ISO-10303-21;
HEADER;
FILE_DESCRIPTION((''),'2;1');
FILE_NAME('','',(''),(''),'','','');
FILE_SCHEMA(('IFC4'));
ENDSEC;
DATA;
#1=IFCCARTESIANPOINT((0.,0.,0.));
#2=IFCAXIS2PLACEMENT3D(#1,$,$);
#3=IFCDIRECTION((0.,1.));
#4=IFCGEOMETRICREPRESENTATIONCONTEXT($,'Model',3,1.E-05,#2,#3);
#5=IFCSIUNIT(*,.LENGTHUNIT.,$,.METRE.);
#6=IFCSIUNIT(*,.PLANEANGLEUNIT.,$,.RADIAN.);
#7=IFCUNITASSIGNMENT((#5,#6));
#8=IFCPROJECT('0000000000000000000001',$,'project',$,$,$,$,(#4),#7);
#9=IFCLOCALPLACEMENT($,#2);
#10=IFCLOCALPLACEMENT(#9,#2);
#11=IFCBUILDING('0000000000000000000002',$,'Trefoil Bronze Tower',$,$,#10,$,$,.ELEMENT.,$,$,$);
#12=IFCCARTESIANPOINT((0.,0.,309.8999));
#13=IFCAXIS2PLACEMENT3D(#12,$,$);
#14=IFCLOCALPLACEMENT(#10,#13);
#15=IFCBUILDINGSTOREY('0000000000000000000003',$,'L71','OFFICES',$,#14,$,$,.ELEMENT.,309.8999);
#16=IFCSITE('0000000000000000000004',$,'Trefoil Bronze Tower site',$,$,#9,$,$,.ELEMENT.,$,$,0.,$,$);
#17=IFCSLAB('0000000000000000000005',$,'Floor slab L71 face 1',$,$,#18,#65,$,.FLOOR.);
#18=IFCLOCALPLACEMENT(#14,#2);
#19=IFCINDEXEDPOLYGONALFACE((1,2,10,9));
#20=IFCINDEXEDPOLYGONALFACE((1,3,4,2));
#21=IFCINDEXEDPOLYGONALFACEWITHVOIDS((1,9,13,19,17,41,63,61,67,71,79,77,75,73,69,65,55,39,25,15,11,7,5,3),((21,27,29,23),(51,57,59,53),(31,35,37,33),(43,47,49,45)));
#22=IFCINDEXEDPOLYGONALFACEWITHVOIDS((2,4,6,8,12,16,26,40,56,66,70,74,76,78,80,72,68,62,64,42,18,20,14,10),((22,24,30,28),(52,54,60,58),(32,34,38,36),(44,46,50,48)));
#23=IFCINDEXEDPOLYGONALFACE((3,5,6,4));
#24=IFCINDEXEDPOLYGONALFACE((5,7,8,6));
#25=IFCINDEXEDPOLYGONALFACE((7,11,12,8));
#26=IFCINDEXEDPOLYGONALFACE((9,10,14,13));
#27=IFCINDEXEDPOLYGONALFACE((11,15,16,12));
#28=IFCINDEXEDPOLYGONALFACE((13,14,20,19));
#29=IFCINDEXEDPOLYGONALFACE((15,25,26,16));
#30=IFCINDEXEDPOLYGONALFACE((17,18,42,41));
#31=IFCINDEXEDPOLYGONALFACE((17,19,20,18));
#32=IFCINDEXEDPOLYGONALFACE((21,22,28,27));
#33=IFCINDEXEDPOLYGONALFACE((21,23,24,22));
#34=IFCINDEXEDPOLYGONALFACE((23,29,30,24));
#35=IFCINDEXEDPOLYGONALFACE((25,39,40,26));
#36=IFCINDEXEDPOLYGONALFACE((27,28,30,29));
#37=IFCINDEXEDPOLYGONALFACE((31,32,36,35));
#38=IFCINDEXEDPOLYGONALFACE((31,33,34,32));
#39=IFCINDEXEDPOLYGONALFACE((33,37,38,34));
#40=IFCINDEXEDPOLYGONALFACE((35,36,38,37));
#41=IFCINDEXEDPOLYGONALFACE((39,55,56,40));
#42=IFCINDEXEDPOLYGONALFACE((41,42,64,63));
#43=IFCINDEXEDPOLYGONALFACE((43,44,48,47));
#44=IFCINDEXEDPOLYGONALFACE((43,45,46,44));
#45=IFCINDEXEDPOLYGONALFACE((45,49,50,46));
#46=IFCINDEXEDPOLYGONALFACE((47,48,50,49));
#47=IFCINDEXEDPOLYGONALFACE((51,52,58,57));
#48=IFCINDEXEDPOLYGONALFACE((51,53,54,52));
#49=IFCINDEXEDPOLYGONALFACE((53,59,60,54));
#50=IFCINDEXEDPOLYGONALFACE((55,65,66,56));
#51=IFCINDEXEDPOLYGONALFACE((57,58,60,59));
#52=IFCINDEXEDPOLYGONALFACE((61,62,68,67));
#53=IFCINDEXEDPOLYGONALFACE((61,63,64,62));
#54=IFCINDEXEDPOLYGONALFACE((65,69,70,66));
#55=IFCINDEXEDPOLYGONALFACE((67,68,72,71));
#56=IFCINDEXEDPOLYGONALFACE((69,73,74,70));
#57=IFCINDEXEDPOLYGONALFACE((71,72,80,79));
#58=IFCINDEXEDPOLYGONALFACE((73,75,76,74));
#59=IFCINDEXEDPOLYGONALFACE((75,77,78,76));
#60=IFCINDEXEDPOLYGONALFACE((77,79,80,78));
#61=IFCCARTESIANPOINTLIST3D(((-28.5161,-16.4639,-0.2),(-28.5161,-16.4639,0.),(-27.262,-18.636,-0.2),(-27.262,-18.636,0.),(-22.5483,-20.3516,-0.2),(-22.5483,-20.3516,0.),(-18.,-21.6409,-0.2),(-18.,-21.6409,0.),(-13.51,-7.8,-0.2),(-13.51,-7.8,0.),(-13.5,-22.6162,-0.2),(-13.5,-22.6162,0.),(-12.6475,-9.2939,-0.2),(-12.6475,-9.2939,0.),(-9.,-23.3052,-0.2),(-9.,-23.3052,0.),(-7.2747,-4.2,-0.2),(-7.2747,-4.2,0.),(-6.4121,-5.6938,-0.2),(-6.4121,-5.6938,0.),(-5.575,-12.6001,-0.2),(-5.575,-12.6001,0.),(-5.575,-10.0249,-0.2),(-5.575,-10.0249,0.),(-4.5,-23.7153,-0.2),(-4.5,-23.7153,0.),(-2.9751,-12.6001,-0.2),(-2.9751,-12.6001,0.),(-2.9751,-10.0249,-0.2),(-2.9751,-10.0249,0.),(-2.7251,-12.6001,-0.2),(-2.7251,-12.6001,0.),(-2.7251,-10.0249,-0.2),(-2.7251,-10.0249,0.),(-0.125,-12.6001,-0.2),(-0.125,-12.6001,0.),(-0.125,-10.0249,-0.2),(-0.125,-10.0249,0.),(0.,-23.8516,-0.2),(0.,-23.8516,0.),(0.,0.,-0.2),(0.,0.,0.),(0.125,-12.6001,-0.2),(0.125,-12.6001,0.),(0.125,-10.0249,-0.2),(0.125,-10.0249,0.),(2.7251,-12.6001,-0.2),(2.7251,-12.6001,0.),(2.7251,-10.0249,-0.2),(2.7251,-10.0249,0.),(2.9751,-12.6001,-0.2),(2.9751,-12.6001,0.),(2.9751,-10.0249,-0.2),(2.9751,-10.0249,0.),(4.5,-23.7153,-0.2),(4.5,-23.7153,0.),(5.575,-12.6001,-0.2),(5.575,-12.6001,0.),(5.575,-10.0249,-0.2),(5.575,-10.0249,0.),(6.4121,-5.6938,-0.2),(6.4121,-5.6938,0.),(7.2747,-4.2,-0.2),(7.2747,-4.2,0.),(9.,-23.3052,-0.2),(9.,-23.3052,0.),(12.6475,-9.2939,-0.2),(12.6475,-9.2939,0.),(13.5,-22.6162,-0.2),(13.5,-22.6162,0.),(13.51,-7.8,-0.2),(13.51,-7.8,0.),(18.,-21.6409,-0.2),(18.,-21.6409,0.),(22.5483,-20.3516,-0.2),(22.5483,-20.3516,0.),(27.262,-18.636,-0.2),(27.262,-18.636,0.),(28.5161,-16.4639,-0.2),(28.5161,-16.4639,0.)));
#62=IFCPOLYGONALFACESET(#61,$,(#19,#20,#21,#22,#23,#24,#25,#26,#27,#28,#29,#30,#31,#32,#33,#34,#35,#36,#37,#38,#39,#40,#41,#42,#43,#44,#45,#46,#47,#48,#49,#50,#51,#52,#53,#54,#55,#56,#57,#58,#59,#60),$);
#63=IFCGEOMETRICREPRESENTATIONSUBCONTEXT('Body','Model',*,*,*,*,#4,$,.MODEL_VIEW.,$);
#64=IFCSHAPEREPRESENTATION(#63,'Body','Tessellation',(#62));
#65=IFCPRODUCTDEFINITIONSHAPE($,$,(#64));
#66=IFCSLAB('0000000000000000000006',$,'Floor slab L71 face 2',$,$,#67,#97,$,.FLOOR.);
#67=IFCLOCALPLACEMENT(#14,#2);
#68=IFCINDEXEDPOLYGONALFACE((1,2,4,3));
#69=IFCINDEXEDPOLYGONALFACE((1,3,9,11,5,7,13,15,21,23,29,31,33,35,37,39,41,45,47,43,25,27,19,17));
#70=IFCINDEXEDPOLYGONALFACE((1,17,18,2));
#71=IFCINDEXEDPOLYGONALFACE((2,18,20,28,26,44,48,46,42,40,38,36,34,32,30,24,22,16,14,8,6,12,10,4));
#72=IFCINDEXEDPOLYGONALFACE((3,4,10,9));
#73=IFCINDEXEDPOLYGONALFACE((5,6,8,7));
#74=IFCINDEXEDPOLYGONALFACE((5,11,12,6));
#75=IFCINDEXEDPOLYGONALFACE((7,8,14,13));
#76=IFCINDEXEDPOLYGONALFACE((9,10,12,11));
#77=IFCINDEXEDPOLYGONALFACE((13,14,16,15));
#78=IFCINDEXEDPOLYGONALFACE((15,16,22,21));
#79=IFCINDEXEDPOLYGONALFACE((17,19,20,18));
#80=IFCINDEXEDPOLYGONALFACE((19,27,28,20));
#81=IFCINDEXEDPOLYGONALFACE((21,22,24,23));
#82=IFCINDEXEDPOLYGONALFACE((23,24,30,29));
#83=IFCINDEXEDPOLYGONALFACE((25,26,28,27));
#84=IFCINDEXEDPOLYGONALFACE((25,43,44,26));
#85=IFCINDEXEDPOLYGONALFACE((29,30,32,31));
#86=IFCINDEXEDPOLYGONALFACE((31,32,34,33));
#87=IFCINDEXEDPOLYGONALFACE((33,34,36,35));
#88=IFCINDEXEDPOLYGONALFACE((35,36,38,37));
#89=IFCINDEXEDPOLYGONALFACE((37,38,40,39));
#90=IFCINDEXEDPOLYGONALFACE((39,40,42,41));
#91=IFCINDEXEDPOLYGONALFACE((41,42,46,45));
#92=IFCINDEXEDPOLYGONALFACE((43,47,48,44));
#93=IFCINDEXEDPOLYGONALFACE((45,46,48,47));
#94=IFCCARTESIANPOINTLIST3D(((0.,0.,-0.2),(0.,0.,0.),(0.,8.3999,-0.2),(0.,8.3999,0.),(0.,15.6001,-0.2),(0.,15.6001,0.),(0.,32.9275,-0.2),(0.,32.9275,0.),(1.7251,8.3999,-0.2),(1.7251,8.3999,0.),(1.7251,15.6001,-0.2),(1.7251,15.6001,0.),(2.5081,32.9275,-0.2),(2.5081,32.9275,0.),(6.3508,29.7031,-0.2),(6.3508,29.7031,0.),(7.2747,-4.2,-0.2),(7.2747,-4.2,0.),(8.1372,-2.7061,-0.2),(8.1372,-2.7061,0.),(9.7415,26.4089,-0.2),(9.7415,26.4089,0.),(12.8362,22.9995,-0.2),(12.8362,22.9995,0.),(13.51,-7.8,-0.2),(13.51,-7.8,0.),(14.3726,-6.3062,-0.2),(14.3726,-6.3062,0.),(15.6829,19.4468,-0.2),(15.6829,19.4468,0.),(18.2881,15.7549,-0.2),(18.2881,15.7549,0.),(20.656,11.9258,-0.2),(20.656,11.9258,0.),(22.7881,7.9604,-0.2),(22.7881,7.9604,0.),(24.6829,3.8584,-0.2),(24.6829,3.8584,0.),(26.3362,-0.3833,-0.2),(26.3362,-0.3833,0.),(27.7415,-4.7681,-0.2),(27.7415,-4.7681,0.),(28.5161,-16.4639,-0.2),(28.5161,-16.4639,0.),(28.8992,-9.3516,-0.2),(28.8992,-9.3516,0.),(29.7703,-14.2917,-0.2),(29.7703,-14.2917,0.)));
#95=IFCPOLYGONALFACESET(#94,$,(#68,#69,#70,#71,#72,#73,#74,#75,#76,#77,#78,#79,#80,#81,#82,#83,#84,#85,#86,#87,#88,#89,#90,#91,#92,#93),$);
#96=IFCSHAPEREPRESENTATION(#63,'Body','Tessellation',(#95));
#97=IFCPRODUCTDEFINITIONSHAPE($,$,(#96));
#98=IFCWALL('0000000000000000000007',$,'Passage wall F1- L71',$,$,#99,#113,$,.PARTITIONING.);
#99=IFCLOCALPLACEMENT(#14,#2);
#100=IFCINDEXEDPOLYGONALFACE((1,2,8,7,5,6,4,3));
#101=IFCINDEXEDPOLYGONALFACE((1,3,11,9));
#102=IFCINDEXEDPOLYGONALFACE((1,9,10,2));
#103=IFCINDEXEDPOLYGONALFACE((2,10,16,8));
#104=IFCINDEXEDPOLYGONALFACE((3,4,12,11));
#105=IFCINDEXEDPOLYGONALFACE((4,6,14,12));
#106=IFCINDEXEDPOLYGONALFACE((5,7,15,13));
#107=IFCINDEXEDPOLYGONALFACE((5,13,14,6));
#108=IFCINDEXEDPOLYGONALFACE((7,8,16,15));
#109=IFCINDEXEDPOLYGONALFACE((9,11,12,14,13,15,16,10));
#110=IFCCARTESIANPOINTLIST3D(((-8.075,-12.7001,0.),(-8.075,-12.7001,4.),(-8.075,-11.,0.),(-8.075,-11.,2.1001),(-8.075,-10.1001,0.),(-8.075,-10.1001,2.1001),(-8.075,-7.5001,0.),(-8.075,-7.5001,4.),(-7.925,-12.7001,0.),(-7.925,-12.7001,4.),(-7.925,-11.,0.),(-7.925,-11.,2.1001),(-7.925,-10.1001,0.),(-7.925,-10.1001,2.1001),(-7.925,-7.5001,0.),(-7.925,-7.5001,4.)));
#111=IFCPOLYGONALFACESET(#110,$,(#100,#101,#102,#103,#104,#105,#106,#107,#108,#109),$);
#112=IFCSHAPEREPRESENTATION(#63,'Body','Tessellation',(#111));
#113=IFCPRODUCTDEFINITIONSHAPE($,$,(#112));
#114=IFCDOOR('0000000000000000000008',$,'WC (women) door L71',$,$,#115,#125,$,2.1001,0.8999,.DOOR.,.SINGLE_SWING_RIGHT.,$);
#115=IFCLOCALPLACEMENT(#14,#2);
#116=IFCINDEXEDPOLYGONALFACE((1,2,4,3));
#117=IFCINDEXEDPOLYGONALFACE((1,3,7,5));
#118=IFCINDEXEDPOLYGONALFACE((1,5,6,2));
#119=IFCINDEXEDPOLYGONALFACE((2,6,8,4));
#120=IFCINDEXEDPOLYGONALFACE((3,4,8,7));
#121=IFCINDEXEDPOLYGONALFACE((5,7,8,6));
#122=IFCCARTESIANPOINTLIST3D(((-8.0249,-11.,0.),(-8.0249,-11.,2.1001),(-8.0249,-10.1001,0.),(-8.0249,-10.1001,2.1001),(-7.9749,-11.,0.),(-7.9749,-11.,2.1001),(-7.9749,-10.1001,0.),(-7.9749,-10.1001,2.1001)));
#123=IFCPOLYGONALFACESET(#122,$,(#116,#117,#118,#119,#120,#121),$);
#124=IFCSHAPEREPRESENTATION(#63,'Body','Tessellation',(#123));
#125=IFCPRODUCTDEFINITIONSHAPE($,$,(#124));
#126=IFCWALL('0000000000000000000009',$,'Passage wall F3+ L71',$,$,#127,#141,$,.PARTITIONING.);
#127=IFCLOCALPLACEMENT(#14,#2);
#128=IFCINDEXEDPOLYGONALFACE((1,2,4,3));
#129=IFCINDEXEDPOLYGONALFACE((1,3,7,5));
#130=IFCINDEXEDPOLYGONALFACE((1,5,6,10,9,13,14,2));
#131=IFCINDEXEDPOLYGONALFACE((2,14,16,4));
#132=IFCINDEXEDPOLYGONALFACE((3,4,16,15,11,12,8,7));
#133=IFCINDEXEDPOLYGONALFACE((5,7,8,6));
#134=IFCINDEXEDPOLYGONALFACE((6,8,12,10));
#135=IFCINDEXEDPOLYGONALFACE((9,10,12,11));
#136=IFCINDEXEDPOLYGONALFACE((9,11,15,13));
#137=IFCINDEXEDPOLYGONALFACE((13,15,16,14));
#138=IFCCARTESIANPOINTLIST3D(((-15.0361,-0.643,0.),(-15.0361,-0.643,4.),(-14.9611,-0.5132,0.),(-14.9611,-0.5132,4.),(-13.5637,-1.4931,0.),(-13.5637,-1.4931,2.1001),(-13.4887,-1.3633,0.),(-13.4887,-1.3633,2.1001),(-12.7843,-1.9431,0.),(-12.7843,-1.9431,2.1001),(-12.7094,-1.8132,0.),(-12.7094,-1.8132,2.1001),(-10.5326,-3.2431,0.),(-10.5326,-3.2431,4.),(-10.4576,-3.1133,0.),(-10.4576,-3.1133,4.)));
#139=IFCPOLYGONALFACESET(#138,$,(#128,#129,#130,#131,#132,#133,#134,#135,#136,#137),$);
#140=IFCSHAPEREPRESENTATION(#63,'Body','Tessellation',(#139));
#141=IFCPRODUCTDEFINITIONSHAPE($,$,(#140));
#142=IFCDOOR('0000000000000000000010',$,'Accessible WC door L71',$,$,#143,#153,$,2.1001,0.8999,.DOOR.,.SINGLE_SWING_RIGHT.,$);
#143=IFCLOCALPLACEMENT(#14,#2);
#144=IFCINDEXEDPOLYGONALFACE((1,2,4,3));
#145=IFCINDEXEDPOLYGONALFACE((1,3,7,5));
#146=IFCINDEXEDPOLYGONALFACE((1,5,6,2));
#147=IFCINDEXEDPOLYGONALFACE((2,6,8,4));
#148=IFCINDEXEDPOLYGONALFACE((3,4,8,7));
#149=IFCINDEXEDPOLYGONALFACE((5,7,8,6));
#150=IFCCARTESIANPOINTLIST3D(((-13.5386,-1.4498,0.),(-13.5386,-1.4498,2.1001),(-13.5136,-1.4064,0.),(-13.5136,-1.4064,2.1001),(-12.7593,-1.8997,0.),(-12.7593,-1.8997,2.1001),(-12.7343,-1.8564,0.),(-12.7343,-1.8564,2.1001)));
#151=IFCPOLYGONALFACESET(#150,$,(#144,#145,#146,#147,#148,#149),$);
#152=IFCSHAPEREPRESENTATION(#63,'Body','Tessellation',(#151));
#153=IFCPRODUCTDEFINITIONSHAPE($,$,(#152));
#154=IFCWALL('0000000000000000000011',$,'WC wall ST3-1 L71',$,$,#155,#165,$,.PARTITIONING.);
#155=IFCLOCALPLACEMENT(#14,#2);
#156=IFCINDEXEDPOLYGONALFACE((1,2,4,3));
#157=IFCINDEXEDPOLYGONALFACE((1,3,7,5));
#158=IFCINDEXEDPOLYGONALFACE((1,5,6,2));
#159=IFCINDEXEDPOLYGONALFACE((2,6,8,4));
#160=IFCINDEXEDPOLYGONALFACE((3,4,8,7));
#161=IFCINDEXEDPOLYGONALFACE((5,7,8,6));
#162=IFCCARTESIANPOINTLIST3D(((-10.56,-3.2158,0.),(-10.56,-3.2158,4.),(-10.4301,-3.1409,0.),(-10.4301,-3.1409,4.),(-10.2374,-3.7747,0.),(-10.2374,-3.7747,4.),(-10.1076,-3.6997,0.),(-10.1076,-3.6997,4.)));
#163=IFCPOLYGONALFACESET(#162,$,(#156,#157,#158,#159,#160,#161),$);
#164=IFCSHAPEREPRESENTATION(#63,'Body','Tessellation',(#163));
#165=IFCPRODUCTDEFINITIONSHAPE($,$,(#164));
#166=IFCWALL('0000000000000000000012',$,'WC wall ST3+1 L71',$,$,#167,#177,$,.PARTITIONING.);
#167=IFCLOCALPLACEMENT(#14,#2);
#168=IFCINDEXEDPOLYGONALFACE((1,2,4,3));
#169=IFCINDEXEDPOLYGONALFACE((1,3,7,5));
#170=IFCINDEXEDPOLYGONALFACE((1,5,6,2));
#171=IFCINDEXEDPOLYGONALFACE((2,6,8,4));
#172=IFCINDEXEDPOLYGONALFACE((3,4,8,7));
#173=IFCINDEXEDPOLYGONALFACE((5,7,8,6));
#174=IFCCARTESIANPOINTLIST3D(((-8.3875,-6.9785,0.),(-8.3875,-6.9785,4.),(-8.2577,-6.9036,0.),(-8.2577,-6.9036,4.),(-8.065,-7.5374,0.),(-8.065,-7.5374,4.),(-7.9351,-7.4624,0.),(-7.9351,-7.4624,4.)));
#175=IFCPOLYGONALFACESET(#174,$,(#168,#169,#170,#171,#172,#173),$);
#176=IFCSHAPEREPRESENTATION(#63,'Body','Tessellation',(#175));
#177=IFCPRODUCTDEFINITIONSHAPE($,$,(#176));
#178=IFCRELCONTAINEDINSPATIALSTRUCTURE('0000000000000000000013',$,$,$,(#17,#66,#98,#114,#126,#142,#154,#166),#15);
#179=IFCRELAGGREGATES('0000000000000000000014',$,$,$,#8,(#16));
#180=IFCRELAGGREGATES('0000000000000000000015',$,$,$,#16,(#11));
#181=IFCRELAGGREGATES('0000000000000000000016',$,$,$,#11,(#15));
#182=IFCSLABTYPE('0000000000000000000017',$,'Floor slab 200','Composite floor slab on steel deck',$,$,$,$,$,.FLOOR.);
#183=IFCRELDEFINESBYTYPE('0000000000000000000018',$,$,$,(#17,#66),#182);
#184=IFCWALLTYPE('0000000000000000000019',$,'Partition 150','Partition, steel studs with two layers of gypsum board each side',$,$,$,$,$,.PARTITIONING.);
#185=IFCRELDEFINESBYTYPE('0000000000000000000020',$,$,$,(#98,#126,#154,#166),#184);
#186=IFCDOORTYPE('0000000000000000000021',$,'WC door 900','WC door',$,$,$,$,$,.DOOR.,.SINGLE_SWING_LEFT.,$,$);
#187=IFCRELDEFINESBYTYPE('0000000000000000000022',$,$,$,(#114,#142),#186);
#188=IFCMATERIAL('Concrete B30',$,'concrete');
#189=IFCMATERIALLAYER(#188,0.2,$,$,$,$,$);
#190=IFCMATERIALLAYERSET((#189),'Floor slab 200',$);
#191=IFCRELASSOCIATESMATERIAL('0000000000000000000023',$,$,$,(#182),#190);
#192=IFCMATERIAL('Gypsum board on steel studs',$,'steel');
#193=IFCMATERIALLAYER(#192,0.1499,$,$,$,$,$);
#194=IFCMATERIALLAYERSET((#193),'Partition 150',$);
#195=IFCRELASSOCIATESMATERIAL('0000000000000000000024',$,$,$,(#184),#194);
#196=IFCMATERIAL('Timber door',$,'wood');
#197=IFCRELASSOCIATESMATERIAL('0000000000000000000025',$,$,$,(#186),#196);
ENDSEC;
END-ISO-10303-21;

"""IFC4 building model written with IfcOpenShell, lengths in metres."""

from ifc_helpers import new_model, si_unit, direction, frame, frame_2d, origin, place, context, subcontext, project, spatial, polyline, rectangle, outline, extrude, material, layer, layer_set, type_object, element, fill, save


model = new_model("IFC4")

# Units and contexts
model_context = context("Model", 3, precision=1e-05, world=origin(), true_north=direction((0.0, 1.0)))
body_context = subcontext(model_context, "Body", "Model", "MODEL_VIEW")
ifc_project = project(units=[si_unit("LENGTHUNIT", "METRE"), si_unit("PLANEANGLEUNIT", "RADIAN")], contexts=[model_context])

# Site, building, storey
site_placement = place(None, origin())
site = spatial("IfcSite", under=ifc_project, at=site_placement, Name="Trefoil Bronze Tower site", CompositionType="ELEMENT", RefElevation=0.0)
building_placement = place(site_placement, origin())
building = spatial("IfcBuilding", under=site, at=building_placement, Name="Trefoil Bronze Tower", CompositionType="ELEMENT")
storey_placement = place(building_placement, frame((0.0, 0.0, 309.8999)))
storey = spatial("IfcBuildingStorey", under=building, at=storey_placement, Name="L71", Description="OFFICES", CompositionType="ELEMENT", Elevation=309.8999)

# Slabs
ifc_material_1 = material(Name="Concrete B30", Category="concrete")
ifc_layer_1 = layer(ifc_material_1, 0.2)
ifc_layer_set_1 = layer_set([ifc_layer_1], Name="Floor slab 200")
slab_type = type_object("IfcSlabType", Name="Floor slab 200", Description="Composite floor slab on steel deck", PredefinedType="FLOOR", material=ifc_layer_set_1)
slab_1_placement = place(storey_placement, frame((0.0, 0.0, -0.2)))
element("IfcSlab", 1, at=slab_1_placement, inside=storey, type_object=slab_type, Name="Floor slab L71 face 1", PredefinedType="FLOOR", context=body_context, shape_type="SweptSolid", body=[
    extrude(outline(polyline([(13.5, -22.6162), (9.0, -23.3052), (4.5, -23.7153), (0.0, -23.8516), (-4.5, -23.7153), (-9.0, -23.3052), (-13.5, -22.6162), (-18.0, -21.6409), (-22.5483, -20.3516), (-27.262, -18.636), (-28.5161, -16.4639), (-13.51, -7.8), (-12.6475, -9.2939), (-6.4121, -5.6938), (-7.2747, -4.2), (0.0, 0.0), (7.2747, -4.2), (6.4121, -5.6938), (12.6475, -9.2939), (13.51, -7.8), (28.5161, -16.4639), (27.262, -18.636), (22.5483, -20.3516), (18.0, -21.6409), (13.5, -22.6162)]), holes=[polyline([(-5.575, -10.0249), (-2.9751, -10.0249), (-2.9751, -12.6001), (-5.575, -12.6001), (-5.575, -10.0249)]), polyline([(-2.7251, -10.0249), (-0.125, -10.0249), (-0.125, -12.6001), (-2.7251, -12.6001), (-2.7251, -10.0249)]), polyline([(0.125, -10.0249), (2.7251, -10.0249), (2.7251, -12.6001), (0.125, -12.6001), (0.125, -10.0249)]), polyline([(2.9751, -10.0249), (5.575, -10.0249), (5.575, -12.6001), (2.9751, -12.6001), (2.9751, -10.0249)])]), origin(), (0.0, 0.0, 1.0), 0.2),
])
slab_2_placement = place(storey_placement, frame((0.0, 0.0, -0.2)))
element("IfcSlab", 2, at=slab_2_placement, inside=storey, type_object=slab_type, Name="Floor slab L71 face 2", PredefinedType="FLOOR", context=body_context, shape_type="SweptSolid", body=[
    extrude(outline(polyline([(12.8362, 22.9995), (15.6829, 19.4468), (18.2881, 15.7549), (20.656, 11.9258), (22.7881, 7.9604), (24.6829, 3.8584), (26.3362, -0.3833), (27.7415, -4.7681), (28.8992, -9.3516), (29.7703, -14.2917), (28.5161, -16.4639), (13.51, -7.8), (14.3726, -6.3062), (8.1372, -2.7061), (7.2747, -4.2), (0.0, 0.0), (0.0, 8.3999), (1.7251, 8.3999), (1.7251, 15.6001), (0.0, 15.6001), (0.0, 32.9275), (2.5081, 32.9275), (6.3508, 29.7031), (9.7415, 26.4089), (12.8362, 22.9995)])), origin(), (0.0, 0.0, 1.0), 0.2),
])

# Walls, openings, doors
ifc_material_2 = material(Name="Gypsum board on steel studs", Category="steel")
ifc_layer_2 = layer(ifc_material_2, 0.1499)
ifc_layer_set_2 = layer_set([ifc_layer_2], Name="Partition 150")
wall_type_1 = type_object("IfcWallType", Name="Partition 150", Description="Partition, steel studs with two layers of gypsum board each side", PredefinedType="PARTITIONING", material=ifc_layer_set_2)
wall_1_placement = place(storey_placement, frame((-8.0, -7.5, 0.0), z_axis=(0.0, 0.0, 1.0), x_axis=(0.0, -1.0, 0.0)))
wall_1 = element("IfcWall", 3, at=wall_1_placement, inside=storey, type_object=wall_type_1, Name="Passage wall F1- L71", PredefinedType="PARTITIONING", context=body_context, shape_type="SweptSolid", body=[
    extrude(rectangle(XDim=5.2, YDim=0.1499, at=frame_2d((2.6001, 0.0))), origin(), (0.0, 0.0, 1.0), 4.0),
])
opening_1_placement = place(wall_1_placement, frame((2.6001, 0.0, 0.0)))
opening_1 = element("IfcOpeningElement", 4, at=opening_1_placement, cuts=wall_1, PredefinedType="OPENING", context=body_context, shape_type="SweptSolid", body=[
    extrude(rectangle(XDim=0.8999, YDim=2.1001, at=frame_2d((0.45, 1.05))), frame((0.0, 0.085, 0.0), z_axis=(0.0, -1.0, 0.0), x_axis=(1.0, 0.0, 0.0)), (0.0, 0.0, 1.0), 0.1699),
])
ifc_material_3 = material(Name="Timber door", Category="wood")
door_type_1 = type_object("IfcDoorType", Name="WC door 900", Description="WC door", OperationType="SINGLE_SWING_LEFT", PredefinedType="DOOR", material=ifc_material_3)
door_1_placement = place(opening_1_placement, frame((0.8999, 0.0, 0.0), z_axis=(0.0, 0.0, 1.0), x_axis=(-1.0, 0.0, 0.0)))
door_1 = element("IfcDoor", 5, at=door_1_placement, inside=storey, type_object=door_type_1, Name="WC (women) door L71", OperationType="SINGLE_SWING_RIGHT", OverallHeight=2.1001, OverallWidth=0.8999, PredefinedType="DOOR", context=body_context, shape_type="SweptSolid", body=[
    extrude(rectangle(XDim=0.8999, YDim=2.1001, at=frame_2d((0.45, 1.05))), frame((0.0, 0.0249, 0.0), z_axis=(0.0, -1.0, 0.0), x_axis=(1.0, 0.0, 0.0)), (0.0, 0.0, 1.0), 0.05),
])
fill(opening_1, door_1)
wall_2_placement = place(storey_placement, frame((-10.4951, -3.1782, 0.0), z_axis=(0.0, 0.0, 1.0), x_axis=(-0.866021, 0.500007, 0.0)))
wall_2 = element("IfcWall", 6, at=wall_2_placement, inside=storey, type_object=wall_type_1, Name="Passage wall F3+ L71", PredefinedType="PARTITIONING", context=body_context, shape_type="SweptSolid", body=[
    extrude(rectangle(XDim=5.2002, YDim=0.1499, at=frame_2d((2.6001, 0.0))), origin(), (0.0, 0.0, 1.0), 4.0),
])
opening_2_placement = place(wall_2_placement, frame((2.6001, 0.0, 0.0)))
opening_2 = element("IfcOpeningElement", 7, at=opening_2_placement, cuts=wall_2, PredefinedType="OPENING", context=body_context, shape_type="SweptSolid", body=[
    extrude(rectangle(XDim=0.8999, YDim=2.1001, at=frame_2d((0.45, 1.05))), frame((0.0, 0.085, 0.0), z_axis=(0.0, -1.0, 0.0), x_axis=(1.0, 0.0, 0.0)), (0.0, 0.0, 1.0), 0.1699),
])
door_2_placement = place(opening_2_placement, origin())
door_2 = element("IfcDoor", 8, at=door_2_placement, inside=storey, type_object=door_type_1, Name="Accessible WC door L71", OperationType="SINGLE_SWING_RIGHT", OverallHeight=2.1001, OverallWidth=0.8999, PredefinedType="DOOR", context=body_context, shape_type="SweptSolid", body=[
    extrude(rectangle(XDim=0.8999, YDim=2.1001, at=frame_2d((0.45, 1.05))), frame((0.0, 0.0249, 0.0), z_axis=(0.0, -1.0, 0.0), x_axis=(1.0, 0.0, 0.0)), (0.0, 0.0, 1.0), 0.05),
])
fill(opening_2, door_2)

# Walls
for number, where, z_axis, x_axis, name in (
    (9, (-10.4951, -3.1782, 0.0), (0.0, 0.0, 1.0), (0.499843, -0.866116, 0.0), "WC wall ST3-1 L71"),
    (10, (-8.0, -7.5, 0.0), (0.0, 0.0, 1.0), (-0.499843, 0.866116, 0.0), "WC wall ST3+1 L71"),
):
    element("IfcWall", number, at=place(storey_placement, frame(where, z_axis=z_axis, x_axis=x_axis)), inside=storey, type_object=wall_type_1, Name=name, PredefinedType="PARTITIONING", context=body_context, shape_type="SweptSolid", body=[
        extrude(rectangle(XDim=0.6453, YDim=0.1499, at=frame_2d((0.3228, 0.0))), origin(), (0.0, 0.0, 1.0), 4.0),
    ])

save(model, "model.ifc")
